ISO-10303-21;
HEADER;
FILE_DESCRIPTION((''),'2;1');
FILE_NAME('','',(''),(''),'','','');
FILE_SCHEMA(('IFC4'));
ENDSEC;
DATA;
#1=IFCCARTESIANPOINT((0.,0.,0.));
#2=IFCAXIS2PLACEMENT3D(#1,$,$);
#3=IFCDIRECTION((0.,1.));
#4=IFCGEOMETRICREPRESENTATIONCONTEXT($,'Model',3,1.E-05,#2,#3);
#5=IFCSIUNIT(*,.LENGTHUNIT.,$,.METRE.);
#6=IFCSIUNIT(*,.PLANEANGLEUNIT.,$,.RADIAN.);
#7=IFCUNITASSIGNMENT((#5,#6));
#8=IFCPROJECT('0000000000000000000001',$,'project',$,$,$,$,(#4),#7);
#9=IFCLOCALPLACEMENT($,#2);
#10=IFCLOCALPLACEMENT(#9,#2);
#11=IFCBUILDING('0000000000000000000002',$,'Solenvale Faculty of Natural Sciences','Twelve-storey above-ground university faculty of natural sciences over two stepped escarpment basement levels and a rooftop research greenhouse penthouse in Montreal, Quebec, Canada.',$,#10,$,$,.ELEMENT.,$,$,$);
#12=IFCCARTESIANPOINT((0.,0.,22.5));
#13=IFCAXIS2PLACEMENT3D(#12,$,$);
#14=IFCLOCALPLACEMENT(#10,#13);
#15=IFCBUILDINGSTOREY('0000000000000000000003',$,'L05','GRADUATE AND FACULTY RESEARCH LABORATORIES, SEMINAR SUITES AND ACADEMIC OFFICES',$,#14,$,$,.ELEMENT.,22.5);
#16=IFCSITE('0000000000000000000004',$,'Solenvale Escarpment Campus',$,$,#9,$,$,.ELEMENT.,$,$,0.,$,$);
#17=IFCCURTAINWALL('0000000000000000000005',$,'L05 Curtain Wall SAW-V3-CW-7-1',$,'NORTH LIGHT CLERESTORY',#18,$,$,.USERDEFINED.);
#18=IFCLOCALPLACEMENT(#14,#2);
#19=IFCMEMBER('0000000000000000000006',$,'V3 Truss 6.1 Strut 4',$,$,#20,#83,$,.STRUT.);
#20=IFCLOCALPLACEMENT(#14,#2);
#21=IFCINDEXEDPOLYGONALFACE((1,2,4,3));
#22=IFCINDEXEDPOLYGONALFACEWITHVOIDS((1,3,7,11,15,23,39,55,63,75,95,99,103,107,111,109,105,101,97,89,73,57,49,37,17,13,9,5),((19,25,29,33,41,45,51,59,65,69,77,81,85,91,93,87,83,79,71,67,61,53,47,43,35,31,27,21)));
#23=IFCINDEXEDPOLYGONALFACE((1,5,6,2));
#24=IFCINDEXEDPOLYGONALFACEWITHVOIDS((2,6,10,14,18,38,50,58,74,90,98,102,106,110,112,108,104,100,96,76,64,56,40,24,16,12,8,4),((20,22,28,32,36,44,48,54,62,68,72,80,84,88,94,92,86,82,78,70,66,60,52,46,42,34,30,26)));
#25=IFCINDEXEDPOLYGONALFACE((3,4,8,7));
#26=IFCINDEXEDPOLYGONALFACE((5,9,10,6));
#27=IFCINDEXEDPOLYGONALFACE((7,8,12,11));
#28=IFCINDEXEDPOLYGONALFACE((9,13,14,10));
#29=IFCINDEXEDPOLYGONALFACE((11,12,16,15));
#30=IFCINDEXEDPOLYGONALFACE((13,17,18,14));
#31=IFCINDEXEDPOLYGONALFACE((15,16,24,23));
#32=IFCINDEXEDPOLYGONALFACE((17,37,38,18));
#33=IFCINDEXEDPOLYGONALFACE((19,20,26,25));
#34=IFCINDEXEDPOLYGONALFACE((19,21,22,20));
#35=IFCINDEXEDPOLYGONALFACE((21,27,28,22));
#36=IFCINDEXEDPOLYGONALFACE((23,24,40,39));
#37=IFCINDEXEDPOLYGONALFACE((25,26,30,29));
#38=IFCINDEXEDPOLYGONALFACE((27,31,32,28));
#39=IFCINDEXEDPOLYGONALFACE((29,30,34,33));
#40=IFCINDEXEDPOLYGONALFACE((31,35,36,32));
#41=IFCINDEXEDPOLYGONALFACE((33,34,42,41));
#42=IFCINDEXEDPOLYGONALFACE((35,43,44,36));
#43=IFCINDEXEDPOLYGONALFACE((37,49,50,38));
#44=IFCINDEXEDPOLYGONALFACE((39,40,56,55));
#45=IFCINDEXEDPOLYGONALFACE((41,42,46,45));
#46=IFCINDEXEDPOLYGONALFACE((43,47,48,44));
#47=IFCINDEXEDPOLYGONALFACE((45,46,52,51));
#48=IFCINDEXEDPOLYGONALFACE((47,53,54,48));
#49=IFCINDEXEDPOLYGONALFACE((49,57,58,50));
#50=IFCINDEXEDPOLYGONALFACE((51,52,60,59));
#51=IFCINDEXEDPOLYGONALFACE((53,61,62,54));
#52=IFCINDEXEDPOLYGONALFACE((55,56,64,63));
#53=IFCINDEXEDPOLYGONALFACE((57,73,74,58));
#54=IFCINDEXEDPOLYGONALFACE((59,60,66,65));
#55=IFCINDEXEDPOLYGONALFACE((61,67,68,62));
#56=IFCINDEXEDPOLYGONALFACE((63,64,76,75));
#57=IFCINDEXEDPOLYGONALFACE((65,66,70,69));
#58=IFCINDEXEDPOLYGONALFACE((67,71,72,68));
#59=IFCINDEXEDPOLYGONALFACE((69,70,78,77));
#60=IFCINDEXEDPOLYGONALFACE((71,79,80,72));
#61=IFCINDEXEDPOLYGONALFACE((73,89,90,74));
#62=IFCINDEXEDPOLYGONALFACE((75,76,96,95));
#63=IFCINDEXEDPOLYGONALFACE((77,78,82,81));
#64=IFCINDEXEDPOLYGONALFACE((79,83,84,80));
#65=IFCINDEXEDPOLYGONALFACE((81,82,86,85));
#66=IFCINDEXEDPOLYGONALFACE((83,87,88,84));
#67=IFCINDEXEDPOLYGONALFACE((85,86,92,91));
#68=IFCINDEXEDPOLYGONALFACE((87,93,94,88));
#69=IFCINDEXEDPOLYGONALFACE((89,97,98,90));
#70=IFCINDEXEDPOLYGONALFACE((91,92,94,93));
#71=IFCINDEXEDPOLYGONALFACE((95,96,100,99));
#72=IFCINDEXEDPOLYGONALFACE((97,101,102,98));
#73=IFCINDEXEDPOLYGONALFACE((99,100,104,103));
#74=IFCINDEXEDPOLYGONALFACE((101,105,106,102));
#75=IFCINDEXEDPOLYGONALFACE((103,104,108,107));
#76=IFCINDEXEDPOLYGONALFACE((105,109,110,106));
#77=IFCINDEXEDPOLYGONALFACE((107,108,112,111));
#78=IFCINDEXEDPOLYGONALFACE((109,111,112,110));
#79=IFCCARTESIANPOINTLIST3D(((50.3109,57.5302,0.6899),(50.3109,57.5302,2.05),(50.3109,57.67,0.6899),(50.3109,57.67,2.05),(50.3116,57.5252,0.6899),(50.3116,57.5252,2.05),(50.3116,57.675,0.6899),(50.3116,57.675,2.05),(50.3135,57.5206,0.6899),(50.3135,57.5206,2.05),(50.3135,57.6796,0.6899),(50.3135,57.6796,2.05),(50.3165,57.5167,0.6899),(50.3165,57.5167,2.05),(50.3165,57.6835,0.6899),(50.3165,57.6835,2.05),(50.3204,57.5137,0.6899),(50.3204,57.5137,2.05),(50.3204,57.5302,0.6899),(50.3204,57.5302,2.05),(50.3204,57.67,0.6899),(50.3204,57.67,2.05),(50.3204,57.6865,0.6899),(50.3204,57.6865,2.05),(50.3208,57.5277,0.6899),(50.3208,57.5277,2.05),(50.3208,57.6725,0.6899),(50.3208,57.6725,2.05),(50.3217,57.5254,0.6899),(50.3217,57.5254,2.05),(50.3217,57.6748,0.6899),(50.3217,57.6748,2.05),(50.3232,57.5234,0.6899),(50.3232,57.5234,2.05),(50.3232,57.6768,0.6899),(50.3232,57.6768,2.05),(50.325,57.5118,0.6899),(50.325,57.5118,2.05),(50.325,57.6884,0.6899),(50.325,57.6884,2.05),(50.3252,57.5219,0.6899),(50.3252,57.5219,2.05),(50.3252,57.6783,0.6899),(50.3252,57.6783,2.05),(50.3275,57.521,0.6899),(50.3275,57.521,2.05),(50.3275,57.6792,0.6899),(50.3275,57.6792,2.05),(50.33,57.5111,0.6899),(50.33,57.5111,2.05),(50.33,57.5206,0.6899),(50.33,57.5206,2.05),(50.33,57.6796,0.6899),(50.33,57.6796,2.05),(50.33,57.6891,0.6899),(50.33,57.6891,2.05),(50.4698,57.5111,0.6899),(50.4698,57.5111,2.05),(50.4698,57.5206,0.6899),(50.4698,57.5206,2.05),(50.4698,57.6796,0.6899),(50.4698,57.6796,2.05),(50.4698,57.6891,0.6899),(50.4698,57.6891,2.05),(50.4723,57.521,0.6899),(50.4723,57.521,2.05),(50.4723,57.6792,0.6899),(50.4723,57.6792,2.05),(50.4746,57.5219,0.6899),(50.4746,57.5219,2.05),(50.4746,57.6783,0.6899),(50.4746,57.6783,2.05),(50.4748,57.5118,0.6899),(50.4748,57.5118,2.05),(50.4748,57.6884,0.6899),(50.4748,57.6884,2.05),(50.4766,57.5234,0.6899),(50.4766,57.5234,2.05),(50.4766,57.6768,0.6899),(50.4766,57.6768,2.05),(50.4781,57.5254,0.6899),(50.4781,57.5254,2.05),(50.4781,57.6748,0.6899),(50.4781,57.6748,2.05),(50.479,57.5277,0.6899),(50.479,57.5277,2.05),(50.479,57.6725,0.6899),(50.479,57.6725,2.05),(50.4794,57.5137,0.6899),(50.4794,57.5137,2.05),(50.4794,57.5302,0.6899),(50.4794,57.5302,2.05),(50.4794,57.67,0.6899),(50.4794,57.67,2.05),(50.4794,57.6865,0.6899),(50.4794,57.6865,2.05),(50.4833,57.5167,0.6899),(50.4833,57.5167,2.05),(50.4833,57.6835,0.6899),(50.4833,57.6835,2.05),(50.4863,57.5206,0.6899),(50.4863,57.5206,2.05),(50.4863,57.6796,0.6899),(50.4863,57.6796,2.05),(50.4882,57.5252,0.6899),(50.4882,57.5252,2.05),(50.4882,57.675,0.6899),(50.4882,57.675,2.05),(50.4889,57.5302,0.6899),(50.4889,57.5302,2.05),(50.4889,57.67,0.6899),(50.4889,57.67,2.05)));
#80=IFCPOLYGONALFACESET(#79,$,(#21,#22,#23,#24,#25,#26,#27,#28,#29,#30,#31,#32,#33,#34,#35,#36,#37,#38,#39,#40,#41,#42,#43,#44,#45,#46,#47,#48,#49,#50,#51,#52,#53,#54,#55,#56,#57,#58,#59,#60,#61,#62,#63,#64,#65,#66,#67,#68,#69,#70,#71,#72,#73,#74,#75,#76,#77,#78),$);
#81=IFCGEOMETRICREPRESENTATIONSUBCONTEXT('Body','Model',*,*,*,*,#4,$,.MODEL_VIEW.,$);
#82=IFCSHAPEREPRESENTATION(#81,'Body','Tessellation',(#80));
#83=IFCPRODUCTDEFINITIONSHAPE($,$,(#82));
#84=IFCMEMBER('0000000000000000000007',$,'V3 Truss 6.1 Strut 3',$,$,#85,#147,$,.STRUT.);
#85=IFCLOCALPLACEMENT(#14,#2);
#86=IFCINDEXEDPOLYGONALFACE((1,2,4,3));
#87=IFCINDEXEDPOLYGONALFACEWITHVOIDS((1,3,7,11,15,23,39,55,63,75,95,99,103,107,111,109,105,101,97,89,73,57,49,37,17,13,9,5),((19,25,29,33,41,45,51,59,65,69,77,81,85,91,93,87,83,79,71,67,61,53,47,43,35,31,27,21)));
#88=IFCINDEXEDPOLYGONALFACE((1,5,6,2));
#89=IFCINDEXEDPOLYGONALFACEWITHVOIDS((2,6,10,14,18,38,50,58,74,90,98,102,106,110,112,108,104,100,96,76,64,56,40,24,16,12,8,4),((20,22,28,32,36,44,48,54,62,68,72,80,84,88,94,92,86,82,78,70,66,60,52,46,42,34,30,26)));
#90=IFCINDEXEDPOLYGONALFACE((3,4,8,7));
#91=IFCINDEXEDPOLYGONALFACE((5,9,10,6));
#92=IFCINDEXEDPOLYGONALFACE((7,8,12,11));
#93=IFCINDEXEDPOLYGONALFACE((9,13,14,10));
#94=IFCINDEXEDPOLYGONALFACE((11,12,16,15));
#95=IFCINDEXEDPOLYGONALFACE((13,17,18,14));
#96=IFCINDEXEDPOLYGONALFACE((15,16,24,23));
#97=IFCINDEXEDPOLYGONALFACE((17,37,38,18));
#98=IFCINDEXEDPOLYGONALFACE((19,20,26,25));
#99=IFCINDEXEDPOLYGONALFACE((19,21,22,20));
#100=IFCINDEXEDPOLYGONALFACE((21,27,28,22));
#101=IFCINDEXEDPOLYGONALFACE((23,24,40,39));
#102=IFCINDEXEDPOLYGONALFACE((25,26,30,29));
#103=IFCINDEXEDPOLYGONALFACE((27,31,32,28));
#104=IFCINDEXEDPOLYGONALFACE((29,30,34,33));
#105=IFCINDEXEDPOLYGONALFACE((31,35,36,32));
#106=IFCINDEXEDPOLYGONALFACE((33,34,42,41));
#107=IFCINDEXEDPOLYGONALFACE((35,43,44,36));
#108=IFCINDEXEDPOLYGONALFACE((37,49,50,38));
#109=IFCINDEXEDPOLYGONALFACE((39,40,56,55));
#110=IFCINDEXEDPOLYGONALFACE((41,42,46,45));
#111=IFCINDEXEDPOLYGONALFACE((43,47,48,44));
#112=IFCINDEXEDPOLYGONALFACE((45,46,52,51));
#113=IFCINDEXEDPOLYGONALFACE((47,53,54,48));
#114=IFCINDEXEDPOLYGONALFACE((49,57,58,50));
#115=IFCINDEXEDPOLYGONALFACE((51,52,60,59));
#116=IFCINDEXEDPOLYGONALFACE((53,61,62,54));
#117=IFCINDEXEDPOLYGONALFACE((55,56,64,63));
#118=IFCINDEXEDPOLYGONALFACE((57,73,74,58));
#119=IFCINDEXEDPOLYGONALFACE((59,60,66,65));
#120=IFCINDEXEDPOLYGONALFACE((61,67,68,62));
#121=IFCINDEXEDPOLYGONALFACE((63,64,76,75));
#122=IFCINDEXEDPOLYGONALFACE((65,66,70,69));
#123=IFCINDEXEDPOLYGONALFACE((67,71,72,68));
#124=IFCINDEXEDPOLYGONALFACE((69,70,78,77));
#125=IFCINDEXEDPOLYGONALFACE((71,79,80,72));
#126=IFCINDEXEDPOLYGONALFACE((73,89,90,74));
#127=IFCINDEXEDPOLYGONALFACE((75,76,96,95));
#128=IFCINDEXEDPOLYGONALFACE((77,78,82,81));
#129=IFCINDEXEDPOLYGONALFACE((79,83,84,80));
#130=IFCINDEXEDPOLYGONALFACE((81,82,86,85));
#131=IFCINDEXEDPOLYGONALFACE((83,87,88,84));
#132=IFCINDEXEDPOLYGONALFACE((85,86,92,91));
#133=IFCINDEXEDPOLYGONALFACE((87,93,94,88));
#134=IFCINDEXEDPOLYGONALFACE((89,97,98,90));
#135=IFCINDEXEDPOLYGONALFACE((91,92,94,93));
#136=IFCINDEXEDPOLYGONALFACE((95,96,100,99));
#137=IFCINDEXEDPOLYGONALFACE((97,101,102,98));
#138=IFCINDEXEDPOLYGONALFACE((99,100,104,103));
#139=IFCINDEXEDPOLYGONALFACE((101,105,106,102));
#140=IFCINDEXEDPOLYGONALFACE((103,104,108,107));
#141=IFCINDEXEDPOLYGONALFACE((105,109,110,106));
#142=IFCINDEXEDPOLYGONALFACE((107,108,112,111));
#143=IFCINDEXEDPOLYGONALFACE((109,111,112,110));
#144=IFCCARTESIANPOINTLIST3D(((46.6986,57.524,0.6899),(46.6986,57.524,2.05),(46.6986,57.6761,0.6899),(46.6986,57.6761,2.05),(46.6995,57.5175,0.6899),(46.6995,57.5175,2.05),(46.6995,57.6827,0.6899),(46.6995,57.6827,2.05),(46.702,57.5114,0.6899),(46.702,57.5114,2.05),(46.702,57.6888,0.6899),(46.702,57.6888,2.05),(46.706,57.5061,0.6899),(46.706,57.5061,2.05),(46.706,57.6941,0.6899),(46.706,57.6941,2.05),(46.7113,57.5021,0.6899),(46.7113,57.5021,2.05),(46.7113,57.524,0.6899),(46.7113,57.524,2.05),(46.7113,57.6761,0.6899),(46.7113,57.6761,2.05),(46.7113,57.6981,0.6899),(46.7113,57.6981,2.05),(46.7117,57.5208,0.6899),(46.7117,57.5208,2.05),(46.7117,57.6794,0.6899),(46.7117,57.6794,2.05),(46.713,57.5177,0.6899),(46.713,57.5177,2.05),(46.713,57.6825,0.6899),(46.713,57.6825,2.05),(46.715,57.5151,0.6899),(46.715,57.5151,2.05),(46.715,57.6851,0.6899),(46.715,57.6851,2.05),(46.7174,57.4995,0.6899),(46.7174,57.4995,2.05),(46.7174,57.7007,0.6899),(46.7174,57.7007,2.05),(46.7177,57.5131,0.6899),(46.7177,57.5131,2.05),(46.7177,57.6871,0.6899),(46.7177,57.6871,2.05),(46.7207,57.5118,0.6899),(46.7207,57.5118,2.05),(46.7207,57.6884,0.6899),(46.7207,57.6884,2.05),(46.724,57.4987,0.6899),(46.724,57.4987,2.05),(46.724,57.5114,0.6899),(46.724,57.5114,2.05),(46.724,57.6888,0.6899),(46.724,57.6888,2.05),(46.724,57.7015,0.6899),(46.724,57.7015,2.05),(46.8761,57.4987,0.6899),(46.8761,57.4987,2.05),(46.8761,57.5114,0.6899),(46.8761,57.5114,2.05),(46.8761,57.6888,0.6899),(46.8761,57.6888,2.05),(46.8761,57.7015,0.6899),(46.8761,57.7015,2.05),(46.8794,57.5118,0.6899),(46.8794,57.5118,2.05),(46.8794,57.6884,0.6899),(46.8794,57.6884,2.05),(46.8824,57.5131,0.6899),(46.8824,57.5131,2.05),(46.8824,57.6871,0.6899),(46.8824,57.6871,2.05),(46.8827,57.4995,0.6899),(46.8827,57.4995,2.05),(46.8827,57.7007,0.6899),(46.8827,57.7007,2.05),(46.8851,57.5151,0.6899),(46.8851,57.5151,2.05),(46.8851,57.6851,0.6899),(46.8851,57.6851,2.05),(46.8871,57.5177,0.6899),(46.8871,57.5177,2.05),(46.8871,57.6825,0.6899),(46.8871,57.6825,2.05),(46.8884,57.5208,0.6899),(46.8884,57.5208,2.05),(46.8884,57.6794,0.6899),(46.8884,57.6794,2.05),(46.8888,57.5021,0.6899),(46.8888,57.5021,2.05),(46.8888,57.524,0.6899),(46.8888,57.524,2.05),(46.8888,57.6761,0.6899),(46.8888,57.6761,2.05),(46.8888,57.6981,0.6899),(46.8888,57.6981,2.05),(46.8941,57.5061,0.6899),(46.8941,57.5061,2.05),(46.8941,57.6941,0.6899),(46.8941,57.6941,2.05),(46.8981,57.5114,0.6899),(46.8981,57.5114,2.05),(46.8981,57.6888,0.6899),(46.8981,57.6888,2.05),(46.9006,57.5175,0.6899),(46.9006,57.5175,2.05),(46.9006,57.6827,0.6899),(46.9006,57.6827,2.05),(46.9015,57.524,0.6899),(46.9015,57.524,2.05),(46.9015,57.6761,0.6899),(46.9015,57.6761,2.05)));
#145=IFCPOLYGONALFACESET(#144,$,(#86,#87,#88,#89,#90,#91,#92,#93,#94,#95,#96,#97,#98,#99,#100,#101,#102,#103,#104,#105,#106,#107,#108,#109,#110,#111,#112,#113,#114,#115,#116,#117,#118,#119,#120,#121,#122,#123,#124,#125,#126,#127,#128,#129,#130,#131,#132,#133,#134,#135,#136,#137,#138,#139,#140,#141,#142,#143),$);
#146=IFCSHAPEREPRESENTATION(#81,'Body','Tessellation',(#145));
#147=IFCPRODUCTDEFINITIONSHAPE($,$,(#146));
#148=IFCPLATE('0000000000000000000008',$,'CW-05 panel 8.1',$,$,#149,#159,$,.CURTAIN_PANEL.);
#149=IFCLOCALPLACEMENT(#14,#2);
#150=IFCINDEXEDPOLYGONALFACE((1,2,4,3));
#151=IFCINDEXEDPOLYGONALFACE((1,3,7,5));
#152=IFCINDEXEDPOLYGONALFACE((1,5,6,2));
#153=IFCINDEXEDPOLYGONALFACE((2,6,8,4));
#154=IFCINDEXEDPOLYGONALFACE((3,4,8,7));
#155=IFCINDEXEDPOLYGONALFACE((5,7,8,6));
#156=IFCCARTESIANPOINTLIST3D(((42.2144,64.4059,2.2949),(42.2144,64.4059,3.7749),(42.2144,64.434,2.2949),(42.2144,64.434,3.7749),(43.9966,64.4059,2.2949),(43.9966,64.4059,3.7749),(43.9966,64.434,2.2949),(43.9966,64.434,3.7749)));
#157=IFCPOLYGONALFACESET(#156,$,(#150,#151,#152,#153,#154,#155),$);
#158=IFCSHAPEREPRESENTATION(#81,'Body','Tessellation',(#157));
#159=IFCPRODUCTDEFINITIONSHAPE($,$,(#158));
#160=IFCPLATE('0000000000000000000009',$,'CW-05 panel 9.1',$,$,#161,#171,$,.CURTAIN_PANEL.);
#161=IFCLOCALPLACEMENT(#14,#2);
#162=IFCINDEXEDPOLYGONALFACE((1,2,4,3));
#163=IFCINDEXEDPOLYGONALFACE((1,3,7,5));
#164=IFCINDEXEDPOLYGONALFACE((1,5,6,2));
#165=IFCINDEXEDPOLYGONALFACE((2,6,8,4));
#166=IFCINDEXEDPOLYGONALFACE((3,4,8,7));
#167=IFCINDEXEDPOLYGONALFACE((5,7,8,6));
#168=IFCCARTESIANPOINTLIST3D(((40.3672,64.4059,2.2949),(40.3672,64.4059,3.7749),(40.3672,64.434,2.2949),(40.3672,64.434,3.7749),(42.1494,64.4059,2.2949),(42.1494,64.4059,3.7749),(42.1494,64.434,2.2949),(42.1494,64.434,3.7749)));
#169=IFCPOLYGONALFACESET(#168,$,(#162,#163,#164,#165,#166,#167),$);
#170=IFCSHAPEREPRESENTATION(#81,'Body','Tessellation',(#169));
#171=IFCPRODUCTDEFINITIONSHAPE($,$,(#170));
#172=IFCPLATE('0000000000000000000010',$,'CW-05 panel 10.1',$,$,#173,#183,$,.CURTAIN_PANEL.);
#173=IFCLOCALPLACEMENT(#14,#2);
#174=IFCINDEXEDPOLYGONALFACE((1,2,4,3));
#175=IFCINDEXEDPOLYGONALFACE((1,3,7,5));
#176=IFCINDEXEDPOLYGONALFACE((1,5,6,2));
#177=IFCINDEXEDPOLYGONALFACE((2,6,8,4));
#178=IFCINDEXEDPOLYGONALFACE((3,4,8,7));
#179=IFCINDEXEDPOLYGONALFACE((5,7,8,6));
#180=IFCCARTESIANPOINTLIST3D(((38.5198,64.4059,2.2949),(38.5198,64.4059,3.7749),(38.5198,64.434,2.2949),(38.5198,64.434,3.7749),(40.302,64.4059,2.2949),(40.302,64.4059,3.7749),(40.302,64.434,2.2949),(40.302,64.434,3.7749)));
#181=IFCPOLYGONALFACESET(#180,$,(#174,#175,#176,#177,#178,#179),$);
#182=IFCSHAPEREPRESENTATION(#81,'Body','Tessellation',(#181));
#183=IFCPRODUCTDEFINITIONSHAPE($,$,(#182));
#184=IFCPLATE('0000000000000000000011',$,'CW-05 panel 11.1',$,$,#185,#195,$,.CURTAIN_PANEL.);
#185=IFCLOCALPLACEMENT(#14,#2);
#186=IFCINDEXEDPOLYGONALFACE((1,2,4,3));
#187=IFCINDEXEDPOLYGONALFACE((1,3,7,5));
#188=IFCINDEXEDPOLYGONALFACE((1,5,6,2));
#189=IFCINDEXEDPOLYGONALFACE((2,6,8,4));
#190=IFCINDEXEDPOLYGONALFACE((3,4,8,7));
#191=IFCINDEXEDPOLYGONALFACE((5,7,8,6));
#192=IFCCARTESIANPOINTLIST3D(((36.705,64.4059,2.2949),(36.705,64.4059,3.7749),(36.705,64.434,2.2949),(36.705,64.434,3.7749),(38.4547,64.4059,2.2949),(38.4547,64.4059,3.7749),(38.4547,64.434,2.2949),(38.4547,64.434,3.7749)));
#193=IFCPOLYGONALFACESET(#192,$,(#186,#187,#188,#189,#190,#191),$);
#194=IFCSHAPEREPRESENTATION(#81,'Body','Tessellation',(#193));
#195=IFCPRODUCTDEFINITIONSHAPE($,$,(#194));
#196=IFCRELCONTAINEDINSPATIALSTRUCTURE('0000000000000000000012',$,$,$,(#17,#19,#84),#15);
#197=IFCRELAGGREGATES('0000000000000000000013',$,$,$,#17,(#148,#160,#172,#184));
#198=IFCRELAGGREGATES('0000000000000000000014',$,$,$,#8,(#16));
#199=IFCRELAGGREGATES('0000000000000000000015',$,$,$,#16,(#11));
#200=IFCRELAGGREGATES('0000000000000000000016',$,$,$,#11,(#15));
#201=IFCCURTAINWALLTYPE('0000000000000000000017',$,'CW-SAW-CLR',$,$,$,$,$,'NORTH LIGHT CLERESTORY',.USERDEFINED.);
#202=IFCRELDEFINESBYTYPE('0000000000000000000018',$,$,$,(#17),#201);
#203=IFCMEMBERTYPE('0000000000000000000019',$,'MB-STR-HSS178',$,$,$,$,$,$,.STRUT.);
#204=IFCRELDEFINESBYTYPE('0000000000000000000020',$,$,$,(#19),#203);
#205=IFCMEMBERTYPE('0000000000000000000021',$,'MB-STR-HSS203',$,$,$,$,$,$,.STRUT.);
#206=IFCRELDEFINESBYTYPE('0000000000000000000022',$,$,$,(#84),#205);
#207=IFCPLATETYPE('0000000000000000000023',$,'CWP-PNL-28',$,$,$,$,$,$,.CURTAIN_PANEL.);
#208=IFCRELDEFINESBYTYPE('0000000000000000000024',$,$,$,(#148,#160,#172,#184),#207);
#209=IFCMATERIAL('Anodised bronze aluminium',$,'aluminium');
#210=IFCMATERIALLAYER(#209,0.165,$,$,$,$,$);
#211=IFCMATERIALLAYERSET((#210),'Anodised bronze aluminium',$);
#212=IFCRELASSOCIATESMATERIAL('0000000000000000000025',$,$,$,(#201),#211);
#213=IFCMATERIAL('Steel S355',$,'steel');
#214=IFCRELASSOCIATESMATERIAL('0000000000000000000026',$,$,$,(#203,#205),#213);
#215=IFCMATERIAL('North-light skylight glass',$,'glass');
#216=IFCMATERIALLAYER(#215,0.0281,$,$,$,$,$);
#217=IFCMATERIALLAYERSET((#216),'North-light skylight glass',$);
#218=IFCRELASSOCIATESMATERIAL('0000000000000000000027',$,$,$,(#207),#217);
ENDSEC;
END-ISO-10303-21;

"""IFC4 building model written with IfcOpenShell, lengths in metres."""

from ifc_helpers import new_model, si_unit, direction, frame, origin, origin_2d, place, context, subcontext, project, spatial, rectangle, hollow_rectangle, extrude, material, layer, layer_set, material_profile, profile_set, type_object, element, aggregate, save


model = new_model("IFC4")

# Units and contexts
model_context = context("Model", 3, precision=1e-05, world=origin(), true_north=direction((0.0, 1.0)))
body_context = subcontext(model_context, "Body", "Model", "MODEL_VIEW")
ifc_project = project(units=[si_unit("LENGTHUNIT", "METRE"), si_unit("PLANEANGLEUNIT", "RADIAN")], contexts=[model_context])

# Site, building, storey
site_placement = place(None, origin())
site = spatial("IfcSite", under=ifc_project, at=site_placement, Name="Solenvale Escarpment Campus", CompositionType="ELEMENT", RefElevation=0.0)
building_placement = place(site_placement, origin())
building = spatial("IfcBuilding", under=site, at=building_placement, Name="Solenvale Faculty of Natural Sciences", Description="Twelve-storey above-ground university faculty of natural sciences over two stepped escarpment basement levels and a rooftop research greenhouse penthouse in Montreal, Quebec, Canada.", CompositionType="ELEMENT")
storey_placement = place(building_placement, frame((0.0, 0.0, 22.5)))
storey = spatial("IfcBuildingStorey", under=building, at=storey_placement, Name="L05", Description="GRADUATE AND FACULTY RESEARCH LABORATORIES, SEMINAR SUITES AND ACADEMIC OFFICES", CompositionType="ELEMENT", Elevation=22.5)

# Shared definitions
ifc_material_1 = material(Name="Steel S355", Category="steel")

# Curtain wall
ifc_material_2 = material(Name="Anodised bronze aluminium", Category="aluminium")
ifc_layer_1 = layer(ifc_material_2, 0.165)
ifc_layer_set_1 = layer_set([ifc_layer_1], Name="Anodised bronze aluminium")
curtain_wall_type = type_object("IfcCurtainWallType", Name="CW-SAW-CLR", ElementType="NORTH LIGHT CLERESTORY", PredefinedType="USERDEFINED", material=ifc_layer_set_1)
curtain_wall_placement = place(storey_placement, origin())
curtain_wall = element("IfcCurtainWall", 1, at=curtain_wall_placement, inside=storey, type_object=curtain_wall_type, Name="L05 Curtain Wall SAW-V3-CW-7-1", ObjectType="NORTH LIGHT CLERESTORY", PredefinedType="USERDEFINED")

# Members
ifc_material_profile_1 = material_profile(ifc_material_1, hollow_rectangle(XDim=0.178, YDim=0.178, WallThickness=0.0095, InnerFilletRadius=0.0095, OuterFilletRadius=0.019, at=origin_2d()), Name="HSS178x178x9.5")
ifc_profile_set_1 = profile_set([ifc_material_profile_1], Name="Steel S355")
member_type_1 = type_object("IfcMemberType", Name="MB-STR-HSS178", PredefinedType="STRUT", material=ifc_profile_set_1)
for number, where, z_axis, x_axis, name in (
    (2, (50.3999, 57.6001, 0.6899), (0.0, 0.0, 1.0), (1.0, 0.0, 0.0), "V3 Truss 6.1 Strut 4"),
):
    element("IfcMember", number, at=place(storey_placement, frame(where, z_axis=z_axis, x_axis=x_axis)), inside=storey, type_object=member_type_1, Name=name, PredefinedType="STRUT", context=body_context, shape_type="SweptSolid", body=[
        extrude(hollow_rectangle(XDim=0.178, YDim=0.178, WallThickness=0.0095, InnerFilletRadius=0.0095, OuterFilletRadius=0.019, at=origin_2d()), origin(), (0.0, 0.0, 1.0), 1.3601),
    ])
ifc_material_profile_2 = material_profile(ifc_material_1, hollow_rectangle(XDim=0.2029, YDim=0.2029, WallThickness=0.0127, InnerFilletRadius=0.0127, OuterFilletRadius=0.0254, at=origin_2d()), Name="HSS203x203x13")
ifc_profile_set_2 = profile_set([ifc_material_profile_2], Name="Steel S355")
member_type_2 = type_object("IfcMemberType", Name="MB-STR-HSS203", PredefinedType="STRUT", material=ifc_profile_set_2)
member_1_placement = place(storey_placement, frame((46.8, 57.6001, 0.6899), z_axis=(0.0, 0.0, 1.0), x_axis=(1.0, 0.0, 0.0)))
element("IfcMember", 3, at=member_1_placement, inside=storey, type_object=member_type_2, Name="V3 Truss 6.1 Strut 3", PredefinedType="STRUT", context=body_context, shape_type="SweptSolid", body=[
    extrude(hollow_rectangle(XDim=0.2029, YDim=0.2029, WallThickness=0.0127, InnerFilletRadius=0.0127, OuterFilletRadius=0.0254, at=origin_2d()), origin(), (0.0, 0.0, 1.0), 1.3601),
])

# Plates
ifc_material_3 = material(Name="North-light skylight glass", Category="glass")
ifc_layer_2 = layer(ifc_material_3, 0.0281)
ifc_layer_set_2 = layer_set([ifc_layer_2], Name="North-light skylight glass")
plate_type_1 = type_object("IfcPlateType", Name="CWP-PNL-28", PredefinedType="CURTAIN_PANEL", material=ifc_layer_set_2)
plate_1_placement = place(storey_placement, frame((43.1055, 64.4199, 2.2949), z_axis=(0.0, 0.0, 1.0), x_axis=(-1.0, 0.0, 0.0)))
plate_1 = element("IfcPlate", 4, at=plate_1_placement, type_object=plate_type_1, Name="CW-05 panel 8.1", PredefinedType="CURTAIN_PANEL", context=body_context, shape_type="SweptSolid", body=[
    extrude(rectangle(XDim=1.7822, YDim=0.0281, at=origin_2d()), origin(), (0.0, 0.0, 1.0), 1.48),
])
plate_2_placement = place(storey_placement, frame((41.2583, 64.4199, 2.2949), z_axis=(0.0, 0.0, 1.0), x_axis=(-1.0, 0.0, 0.0)))
plate_2 = element("IfcPlate", 5, at=plate_2_placement, type_object=plate_type_1, Name="CW-05 panel 9.1", PredefinedType="CURTAIN_PANEL", context=body_context, shape_type="SweptSolid", body=[
    extrude(rectangle(XDim=1.7822, YDim=0.0281, at=origin_2d()), origin(), (0.0, 0.0, 1.0), 1.48),
])
plate_3_placement = place(storey_placement, frame((39.4109, 64.4199, 2.2949), z_axis=(0.0, 0.0, 1.0), x_axis=(-1.0, 0.0, 0.0)))
plate_3 = element("IfcPlate", 6, at=plate_3_placement, type_object=plate_type_1, Name="CW-05 panel 10.1", PredefinedType="CURTAIN_PANEL", context=body_context, shape_type="SweptSolid", body=[
    extrude(rectangle(XDim=1.7822, YDim=0.0281, at=origin_2d()), origin(), (0.0, 0.0, 1.0), 1.48),
])
plate_4_placement = place(storey_placement, frame((37.5798, 64.4199, 2.2949), z_axis=(0.0, 0.0, 1.0), x_axis=(-1.0, 0.0, 0.0)))
plate_4 = element("IfcPlate", 7, at=plate_4_placement, type_object=plate_type_1, Name="CW-05 panel 11.1", PredefinedType="CURTAIN_PANEL", context=body_context, shape_type="SweptSolid", body=[
    extrude(rectangle(XDim=1.7498, YDim=0.0281, at=origin_2d()), origin(), (0.0, 0.0, 1.0), 1.48),
])
aggregate(curtain_wall, [plate_1, plate_2, plate_3, plate_4])

save(model, "model.ifc")
